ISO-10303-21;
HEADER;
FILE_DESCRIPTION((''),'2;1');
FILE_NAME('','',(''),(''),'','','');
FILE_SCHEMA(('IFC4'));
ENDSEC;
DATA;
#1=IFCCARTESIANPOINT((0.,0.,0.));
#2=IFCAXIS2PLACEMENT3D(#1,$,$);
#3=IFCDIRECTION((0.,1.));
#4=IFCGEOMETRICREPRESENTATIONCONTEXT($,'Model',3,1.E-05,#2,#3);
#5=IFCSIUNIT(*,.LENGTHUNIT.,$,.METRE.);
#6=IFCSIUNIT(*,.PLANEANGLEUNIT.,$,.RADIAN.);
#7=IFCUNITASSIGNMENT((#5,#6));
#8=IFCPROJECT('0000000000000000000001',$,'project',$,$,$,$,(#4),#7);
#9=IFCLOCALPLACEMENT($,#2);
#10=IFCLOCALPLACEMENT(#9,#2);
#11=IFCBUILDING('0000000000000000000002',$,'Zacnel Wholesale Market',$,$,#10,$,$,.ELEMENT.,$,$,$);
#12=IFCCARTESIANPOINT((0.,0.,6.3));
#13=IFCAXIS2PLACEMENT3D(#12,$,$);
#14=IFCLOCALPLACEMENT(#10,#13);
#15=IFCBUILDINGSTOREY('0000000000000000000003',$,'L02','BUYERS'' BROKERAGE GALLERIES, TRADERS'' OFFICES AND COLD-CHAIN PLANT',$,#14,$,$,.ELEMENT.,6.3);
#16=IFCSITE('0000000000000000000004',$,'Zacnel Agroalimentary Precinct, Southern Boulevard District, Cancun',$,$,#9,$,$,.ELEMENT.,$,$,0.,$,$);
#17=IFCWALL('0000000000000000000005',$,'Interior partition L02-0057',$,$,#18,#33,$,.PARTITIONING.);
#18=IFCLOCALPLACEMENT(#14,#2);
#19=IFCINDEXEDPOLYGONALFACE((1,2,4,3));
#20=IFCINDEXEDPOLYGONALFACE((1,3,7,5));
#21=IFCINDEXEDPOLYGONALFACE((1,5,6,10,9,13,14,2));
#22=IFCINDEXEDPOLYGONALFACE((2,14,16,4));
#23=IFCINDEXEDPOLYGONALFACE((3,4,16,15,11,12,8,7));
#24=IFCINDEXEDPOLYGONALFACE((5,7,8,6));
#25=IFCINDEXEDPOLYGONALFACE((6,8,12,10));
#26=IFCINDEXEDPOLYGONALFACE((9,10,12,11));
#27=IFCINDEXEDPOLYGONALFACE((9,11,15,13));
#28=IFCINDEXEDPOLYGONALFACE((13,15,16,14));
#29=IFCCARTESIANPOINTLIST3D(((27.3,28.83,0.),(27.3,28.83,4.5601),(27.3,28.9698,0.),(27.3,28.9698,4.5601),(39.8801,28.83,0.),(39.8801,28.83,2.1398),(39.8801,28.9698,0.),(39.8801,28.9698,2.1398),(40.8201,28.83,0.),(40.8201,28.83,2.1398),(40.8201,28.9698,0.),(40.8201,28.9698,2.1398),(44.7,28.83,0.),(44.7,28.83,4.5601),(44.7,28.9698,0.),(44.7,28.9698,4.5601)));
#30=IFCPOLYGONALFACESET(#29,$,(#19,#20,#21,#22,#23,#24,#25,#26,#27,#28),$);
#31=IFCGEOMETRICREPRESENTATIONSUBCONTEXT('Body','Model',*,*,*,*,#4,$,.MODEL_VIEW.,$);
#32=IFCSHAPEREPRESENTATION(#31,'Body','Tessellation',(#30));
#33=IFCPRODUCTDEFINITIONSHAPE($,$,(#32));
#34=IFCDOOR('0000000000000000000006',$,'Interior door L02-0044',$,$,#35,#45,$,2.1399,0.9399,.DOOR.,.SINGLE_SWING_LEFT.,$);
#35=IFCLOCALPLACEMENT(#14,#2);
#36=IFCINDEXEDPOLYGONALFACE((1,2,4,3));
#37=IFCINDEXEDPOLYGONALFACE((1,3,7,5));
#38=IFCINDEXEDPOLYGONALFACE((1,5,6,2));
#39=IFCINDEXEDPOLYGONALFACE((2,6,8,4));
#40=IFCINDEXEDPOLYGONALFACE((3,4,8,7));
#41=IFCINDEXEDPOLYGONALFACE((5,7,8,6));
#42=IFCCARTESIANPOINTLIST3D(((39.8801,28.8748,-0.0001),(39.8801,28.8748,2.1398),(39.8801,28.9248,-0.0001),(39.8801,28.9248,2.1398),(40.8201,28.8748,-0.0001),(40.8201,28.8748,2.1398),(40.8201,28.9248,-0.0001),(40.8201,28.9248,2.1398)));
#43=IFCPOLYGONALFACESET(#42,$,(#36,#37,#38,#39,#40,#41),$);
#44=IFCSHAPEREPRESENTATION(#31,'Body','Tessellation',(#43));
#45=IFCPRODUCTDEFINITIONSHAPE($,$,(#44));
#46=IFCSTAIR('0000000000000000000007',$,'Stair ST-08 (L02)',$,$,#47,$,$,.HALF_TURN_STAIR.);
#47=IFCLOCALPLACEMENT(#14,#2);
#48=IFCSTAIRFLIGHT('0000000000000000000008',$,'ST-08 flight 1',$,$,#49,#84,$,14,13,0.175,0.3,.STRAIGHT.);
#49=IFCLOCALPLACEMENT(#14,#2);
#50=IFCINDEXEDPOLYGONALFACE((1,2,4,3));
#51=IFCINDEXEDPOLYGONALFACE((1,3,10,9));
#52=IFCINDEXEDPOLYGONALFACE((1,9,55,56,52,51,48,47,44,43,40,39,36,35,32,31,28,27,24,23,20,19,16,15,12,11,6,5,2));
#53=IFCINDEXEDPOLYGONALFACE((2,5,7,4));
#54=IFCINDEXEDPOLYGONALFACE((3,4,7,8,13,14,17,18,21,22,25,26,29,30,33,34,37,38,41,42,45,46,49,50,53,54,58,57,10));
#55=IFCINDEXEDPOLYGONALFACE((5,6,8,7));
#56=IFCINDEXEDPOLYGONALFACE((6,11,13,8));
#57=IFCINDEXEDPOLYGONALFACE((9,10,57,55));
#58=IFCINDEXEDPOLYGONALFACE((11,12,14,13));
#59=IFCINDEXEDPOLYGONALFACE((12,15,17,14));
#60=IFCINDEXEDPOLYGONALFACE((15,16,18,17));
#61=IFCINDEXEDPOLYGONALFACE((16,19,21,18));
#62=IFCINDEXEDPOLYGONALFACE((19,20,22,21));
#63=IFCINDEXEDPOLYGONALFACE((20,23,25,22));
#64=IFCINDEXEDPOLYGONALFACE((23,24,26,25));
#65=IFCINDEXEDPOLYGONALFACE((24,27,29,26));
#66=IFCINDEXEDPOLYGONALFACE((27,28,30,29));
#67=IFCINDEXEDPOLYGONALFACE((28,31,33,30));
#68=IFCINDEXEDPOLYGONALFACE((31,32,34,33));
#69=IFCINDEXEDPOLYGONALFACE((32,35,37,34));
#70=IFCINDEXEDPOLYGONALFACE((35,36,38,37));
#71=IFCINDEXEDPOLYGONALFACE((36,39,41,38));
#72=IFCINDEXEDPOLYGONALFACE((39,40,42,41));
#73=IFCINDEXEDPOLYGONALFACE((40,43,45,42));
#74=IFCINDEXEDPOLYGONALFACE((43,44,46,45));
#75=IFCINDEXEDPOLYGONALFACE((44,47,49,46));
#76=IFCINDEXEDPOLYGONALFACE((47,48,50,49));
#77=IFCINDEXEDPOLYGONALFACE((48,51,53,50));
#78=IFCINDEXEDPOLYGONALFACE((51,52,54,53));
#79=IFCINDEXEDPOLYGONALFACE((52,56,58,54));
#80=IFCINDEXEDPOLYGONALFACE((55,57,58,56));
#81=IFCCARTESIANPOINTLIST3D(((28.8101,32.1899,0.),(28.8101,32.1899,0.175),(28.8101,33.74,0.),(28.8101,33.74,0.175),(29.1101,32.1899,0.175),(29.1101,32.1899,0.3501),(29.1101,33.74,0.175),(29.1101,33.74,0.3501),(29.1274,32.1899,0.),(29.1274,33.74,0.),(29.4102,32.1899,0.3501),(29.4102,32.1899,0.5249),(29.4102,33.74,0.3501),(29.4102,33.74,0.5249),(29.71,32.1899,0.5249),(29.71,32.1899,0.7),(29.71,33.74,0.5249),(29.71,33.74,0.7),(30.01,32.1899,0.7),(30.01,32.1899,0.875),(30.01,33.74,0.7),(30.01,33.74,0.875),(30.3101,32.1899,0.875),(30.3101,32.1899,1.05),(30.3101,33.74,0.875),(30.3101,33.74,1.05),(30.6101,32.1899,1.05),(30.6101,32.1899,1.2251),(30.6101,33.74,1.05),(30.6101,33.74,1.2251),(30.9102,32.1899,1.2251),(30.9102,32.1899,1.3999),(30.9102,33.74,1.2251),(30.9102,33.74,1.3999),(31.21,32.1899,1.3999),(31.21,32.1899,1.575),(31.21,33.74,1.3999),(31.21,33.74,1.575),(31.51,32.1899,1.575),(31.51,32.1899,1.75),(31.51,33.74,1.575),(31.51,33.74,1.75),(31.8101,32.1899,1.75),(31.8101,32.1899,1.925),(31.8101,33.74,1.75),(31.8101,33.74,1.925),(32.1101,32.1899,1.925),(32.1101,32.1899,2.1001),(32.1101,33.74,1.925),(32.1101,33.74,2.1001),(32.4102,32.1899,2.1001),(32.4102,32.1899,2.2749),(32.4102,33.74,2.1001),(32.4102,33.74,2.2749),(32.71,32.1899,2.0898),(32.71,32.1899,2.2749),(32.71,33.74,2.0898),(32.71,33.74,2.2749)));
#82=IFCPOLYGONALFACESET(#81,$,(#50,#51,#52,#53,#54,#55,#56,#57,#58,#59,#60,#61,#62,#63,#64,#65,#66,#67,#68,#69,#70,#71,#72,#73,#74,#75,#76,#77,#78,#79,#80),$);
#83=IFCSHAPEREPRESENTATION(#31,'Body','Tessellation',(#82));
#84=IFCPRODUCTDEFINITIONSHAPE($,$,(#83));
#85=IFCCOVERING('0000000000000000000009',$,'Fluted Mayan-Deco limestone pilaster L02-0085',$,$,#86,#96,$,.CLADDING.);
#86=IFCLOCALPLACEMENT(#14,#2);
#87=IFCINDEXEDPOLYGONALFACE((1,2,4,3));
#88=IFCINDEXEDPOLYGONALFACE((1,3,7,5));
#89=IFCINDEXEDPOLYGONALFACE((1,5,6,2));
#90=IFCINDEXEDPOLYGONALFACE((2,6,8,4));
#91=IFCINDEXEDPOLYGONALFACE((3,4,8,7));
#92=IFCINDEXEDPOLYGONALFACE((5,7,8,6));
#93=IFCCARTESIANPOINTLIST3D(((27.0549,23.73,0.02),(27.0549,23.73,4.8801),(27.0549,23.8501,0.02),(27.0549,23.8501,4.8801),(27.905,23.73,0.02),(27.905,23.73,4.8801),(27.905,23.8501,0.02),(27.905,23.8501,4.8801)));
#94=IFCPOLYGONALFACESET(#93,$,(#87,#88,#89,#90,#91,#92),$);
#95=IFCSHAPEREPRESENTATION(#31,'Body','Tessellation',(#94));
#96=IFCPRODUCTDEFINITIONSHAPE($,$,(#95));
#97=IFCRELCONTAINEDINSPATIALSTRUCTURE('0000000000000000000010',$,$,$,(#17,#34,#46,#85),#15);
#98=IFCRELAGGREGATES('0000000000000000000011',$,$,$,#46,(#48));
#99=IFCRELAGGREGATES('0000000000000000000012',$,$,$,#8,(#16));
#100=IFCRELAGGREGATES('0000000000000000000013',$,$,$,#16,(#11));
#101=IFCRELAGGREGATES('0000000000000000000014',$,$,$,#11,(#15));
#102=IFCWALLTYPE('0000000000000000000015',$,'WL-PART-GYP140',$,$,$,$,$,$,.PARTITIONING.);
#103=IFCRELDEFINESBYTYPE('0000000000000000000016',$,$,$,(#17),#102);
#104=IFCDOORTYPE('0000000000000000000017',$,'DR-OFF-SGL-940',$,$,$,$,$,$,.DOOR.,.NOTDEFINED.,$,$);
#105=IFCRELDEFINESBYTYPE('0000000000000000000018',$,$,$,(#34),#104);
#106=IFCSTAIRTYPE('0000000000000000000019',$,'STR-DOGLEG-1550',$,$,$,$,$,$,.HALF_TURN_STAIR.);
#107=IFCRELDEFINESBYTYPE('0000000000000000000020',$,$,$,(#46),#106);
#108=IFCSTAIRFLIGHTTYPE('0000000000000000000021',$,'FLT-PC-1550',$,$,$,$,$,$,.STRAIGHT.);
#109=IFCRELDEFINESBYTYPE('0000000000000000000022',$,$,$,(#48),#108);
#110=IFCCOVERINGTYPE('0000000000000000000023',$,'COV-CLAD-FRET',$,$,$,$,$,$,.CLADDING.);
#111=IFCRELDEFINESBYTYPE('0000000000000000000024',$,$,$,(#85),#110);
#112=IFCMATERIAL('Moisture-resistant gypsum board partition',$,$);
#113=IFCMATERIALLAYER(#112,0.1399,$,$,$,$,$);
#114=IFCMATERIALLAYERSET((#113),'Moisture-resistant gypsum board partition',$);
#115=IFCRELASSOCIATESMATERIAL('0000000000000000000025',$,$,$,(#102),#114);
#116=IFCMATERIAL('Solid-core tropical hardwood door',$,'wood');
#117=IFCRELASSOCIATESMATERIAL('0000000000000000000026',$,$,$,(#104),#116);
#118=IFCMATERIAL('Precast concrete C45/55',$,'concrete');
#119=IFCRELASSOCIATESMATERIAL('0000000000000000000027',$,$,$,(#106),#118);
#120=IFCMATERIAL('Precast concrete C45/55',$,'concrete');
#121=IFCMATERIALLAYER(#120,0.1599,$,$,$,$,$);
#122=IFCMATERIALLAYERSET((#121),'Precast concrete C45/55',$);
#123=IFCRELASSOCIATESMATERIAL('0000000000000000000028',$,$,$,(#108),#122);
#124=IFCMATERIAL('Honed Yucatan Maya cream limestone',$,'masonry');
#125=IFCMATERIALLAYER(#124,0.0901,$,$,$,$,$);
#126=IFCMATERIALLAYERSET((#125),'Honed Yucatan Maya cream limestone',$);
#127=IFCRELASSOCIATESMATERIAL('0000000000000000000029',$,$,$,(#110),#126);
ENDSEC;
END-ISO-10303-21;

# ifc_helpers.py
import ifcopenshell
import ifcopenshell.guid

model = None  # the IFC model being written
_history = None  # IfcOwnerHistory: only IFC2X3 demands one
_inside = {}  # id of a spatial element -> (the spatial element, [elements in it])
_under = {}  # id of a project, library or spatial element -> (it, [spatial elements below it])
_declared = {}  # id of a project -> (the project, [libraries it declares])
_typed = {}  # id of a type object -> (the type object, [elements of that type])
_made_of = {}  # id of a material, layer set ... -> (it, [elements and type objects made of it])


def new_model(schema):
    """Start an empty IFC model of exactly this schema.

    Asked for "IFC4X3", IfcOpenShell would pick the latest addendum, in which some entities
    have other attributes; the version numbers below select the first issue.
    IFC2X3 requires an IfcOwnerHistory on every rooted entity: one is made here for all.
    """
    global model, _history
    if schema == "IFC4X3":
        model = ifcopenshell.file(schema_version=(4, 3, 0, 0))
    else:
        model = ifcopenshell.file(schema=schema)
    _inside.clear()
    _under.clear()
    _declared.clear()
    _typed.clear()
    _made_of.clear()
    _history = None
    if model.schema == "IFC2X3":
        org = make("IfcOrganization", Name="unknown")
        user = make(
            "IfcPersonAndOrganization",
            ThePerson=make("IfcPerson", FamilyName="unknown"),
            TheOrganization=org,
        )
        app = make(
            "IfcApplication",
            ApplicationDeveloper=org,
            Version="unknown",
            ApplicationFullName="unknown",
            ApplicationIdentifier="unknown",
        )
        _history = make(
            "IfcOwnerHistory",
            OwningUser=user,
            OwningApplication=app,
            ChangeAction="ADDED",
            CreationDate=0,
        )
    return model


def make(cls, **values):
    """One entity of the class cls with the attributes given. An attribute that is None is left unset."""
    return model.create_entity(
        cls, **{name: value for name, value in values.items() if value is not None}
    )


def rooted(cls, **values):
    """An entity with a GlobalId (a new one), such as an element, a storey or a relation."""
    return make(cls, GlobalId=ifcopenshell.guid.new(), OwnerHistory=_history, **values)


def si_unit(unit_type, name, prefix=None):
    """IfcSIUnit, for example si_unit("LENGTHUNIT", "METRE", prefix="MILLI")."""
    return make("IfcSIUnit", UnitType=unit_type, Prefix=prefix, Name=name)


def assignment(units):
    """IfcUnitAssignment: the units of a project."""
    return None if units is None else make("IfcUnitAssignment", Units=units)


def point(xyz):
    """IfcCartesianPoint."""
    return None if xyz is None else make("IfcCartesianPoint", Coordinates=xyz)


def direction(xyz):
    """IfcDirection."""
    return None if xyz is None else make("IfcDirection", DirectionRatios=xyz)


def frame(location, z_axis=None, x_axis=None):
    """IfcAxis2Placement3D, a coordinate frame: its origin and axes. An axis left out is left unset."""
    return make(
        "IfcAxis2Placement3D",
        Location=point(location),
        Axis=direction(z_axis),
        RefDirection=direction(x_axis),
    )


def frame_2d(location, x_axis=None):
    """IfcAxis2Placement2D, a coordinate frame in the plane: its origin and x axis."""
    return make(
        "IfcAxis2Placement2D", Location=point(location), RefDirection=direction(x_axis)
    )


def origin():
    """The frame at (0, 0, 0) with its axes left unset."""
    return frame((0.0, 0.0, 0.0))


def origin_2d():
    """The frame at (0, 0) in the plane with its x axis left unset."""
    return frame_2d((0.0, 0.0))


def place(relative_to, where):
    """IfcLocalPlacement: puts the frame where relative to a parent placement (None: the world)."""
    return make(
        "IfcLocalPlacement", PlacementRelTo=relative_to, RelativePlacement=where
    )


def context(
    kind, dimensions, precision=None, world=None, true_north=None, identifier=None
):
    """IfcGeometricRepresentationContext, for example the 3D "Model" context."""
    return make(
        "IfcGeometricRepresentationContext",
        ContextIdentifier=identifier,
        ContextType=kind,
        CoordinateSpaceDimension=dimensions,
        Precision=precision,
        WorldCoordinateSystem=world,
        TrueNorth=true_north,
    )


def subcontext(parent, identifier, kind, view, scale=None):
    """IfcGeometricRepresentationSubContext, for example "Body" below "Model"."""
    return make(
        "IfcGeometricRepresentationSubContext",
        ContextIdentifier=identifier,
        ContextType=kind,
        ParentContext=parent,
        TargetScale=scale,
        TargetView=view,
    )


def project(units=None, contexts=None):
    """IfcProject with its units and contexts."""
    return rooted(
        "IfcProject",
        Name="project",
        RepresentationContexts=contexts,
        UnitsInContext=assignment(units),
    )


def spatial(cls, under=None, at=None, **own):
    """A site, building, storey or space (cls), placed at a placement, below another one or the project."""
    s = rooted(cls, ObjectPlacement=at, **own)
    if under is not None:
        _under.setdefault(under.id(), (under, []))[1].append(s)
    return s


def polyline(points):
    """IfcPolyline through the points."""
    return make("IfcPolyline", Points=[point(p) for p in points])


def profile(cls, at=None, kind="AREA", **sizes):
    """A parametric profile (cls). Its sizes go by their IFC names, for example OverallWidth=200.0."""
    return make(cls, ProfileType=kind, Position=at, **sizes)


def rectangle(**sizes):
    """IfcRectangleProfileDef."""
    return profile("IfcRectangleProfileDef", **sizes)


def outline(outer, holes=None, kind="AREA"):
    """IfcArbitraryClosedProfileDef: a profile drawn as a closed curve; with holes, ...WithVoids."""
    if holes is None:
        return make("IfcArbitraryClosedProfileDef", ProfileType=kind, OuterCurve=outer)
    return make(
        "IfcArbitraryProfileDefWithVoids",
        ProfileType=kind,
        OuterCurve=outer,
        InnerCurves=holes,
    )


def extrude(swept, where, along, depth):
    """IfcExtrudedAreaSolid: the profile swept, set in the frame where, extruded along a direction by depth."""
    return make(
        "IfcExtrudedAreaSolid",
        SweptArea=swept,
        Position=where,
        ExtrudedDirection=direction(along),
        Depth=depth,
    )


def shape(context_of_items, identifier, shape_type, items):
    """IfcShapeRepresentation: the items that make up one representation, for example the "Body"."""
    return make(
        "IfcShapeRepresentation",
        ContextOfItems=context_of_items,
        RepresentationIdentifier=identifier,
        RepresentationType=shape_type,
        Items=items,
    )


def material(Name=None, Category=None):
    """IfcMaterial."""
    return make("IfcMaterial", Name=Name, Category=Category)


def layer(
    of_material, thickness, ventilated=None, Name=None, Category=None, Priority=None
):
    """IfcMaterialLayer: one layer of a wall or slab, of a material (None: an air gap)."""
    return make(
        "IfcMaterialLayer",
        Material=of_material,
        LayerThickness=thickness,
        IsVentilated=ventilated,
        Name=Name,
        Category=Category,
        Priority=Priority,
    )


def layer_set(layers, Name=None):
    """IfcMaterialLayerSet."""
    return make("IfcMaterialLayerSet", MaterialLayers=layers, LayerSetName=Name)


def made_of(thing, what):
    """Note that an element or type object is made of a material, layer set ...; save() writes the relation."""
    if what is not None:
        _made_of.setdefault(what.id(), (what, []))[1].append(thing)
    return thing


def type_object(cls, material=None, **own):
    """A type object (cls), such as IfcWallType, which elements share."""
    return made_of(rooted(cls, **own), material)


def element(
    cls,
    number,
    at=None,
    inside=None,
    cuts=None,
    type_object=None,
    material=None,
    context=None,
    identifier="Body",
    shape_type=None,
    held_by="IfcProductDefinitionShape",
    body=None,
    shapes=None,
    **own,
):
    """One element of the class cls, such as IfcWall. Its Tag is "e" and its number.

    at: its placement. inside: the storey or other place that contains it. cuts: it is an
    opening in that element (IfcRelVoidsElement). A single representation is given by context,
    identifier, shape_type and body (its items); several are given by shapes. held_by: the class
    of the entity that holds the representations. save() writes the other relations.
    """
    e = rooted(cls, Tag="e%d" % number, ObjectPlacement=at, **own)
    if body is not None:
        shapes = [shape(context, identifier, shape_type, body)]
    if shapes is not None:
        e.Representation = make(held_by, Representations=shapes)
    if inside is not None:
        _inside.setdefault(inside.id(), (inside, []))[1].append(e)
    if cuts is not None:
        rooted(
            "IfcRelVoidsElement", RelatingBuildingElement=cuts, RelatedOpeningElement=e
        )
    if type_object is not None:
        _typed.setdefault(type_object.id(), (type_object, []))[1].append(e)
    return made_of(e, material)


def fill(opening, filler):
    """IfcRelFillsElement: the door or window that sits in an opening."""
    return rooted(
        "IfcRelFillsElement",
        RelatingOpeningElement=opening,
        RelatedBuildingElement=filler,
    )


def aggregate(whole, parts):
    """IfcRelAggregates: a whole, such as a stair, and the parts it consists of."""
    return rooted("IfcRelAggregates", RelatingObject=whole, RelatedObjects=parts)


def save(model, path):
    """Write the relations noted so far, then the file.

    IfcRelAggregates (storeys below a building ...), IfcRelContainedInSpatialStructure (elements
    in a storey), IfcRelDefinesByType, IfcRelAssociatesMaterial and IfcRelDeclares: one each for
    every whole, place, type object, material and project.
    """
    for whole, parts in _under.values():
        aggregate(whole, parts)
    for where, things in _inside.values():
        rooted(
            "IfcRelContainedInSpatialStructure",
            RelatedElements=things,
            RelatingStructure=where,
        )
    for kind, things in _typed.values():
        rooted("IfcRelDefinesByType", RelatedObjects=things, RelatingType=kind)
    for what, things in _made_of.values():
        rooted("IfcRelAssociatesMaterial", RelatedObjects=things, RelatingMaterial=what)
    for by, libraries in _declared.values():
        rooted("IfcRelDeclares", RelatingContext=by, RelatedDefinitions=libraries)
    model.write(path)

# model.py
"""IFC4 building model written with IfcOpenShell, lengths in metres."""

from ifc_helpers import new_model, si_unit, direction, frame, frame_2d, origin, origin_2d, place, context, subcontext, project, spatial, polyline, rectangle, outline, extrude, material, layer, layer_set, type_object, element, fill, aggregate, save


model = new_model("IFC4")

# Units and contexts
model_context = context("Model", 3, precision=1e-05, world=origin(), true_north=direction((0.0, 1.0)))
body_context = subcontext(model_context, "Body", "Model", "MODEL_VIEW")
ifc_project = project(units=[si_unit("LENGTHUNIT", "METRE"), si_unit("PLANEANGLEUNIT", "RADIAN")], contexts=[model_context])

# Site, building, storey
site_placement = place(None, origin())
site = spatial("IfcSite", under=ifc_project, at=site_placement, Name="Zacnel Agroalimentary Precinct, Southern Boulevard District, Cancun", CompositionType="ELEMENT", RefElevation=0.0)
building_placement = place(site_placement, origin())
building = spatial("IfcBuilding", under=site, at=building_placement, Name="Zacnel Wholesale Market", CompositionType="ELEMENT")
storey_placement = place(building_placement, frame((0.0, 0.0, 6.3)))
storey = spatial("IfcBuildingStorey", under=building, at=storey_placement, Name="L02", Description="BUYERS' BROKERAGE GALLERIES, TRADERS' OFFICES AND COLD-CHAIN PLANT", CompositionType="ELEMENT", Elevation=6.3)

# Wall, opening, door
ifc_material_1 = material(Name="Moisture-resistant gypsum board partition")
ifc_layer_1 = layer(ifc_material_1, 0.1399)
ifc_layer_set_1 = layer_set([ifc_layer_1], Name="Moisture-resistant gypsum board partition")
wall_type_1 = type_object("IfcWallType", Name="WL-PART-GYP140", PredefinedType="PARTITIONING", material=ifc_layer_set_1)
wall_1_placement = place(storey_placement, frame((27.3, 28.8999, 0.0), z_axis=(0.0, 0.0, 1.0), x_axis=(1.0, 0.0, 0.0)))
wall_1 = element("IfcWall", 1, at=wall_1_placement, inside=storey, type_object=wall_type_1, Name="Interior partition L02-0057", PredefinedType="PARTITIONING", context=body_context, shape_type="SweptSolid", body=[
    extrude(rectangle(XDim=17.3999, YDim=0.1399, at=frame_2d((8.7, 0.0))), origin(), (0.0, 0.0, 1.0), 4.5601),
])
opening_1_placement = place(wall_1_placement, frame((12.5801, 0.0, 0.0)))
opening_1 = element("IfcOpeningElement", 2, at=opening_1_placement, cuts=wall_1, PredefinedType="OPENING", context=body_context, shape_type="SweptSolid", body=[
    extrude(rectangle(XDim=0.9399, YDim=2.1399, at=frame_2d((0.47, 1.0698))), frame((0.0, 0.0798, 0.0), z_axis=(0.0, -1.0, 0.0), x_axis=(1.0, 0.0, 0.0)), (0.0, 0.0, 1.0), 0.1599),
])
ifc_material_2 = material(Name="Solid-core tropical hardwood door", Category="wood")
door_type_1 = type_object("IfcDoorType", Name="DR-OFF-SGL-940", OperationType="NOTDEFINED", PredefinedType="DOOR", material=ifc_material_2)
door_1_placement = place(opening_1_placement, origin())
door_1 = element("IfcDoor", 3, at=door_1_placement, inside=storey, type_object=door_type_1, Name="Interior door L02-0044", OperationType="SINGLE_SWING_LEFT", OverallHeight=2.1399, OverallWidth=0.9399, PredefinedType="DOOR", context=body_context, shape_type="SweptSolid", body=[
    extrude(rectangle(XDim=0.9399, YDim=2.1399, at=frame_2d((0.47, 1.0698))), frame((0.0, 0.0249, 0.0), z_axis=(0.0, -1.0, 0.0), x_axis=(1.0, 0.0, 0.0)), (0.0, 0.0, 1.0), 0.05),
])
fill(opening_1, door_1)

# Stair, stair flight
ifc_material_3 = material(Name="Precast concrete C45/55", Category="concrete")
stair_type = type_object("IfcStairType", Name="STR-DOGLEG-1550", PredefinedType="HALF_TURN_STAIR", material=ifc_material_3)
stair_placement = place(storey_placement, origin())
stair = element("IfcStair", 4, at=stair_placement, inside=storey, type_object=stair_type, Name="Stair ST-08 (L02)", PredefinedType="HALF_TURN_STAIR")
ifc_material_4 = material(Name="Precast concrete C45/55", Category="concrete")
ifc_layer_2 = layer(ifc_material_4, 0.1599)
ifc_layer_set_2 = layer_set([ifc_layer_2], Name="Precast concrete C45/55")
stair_flight_type = type_object("IfcStairFlightType", Name="FLT-PC-1550", PredefinedType="STRAIGHT", material=ifc_layer_set_2)
stair_flight_placement = place(storey_placement, frame((28.8101, 32.9651, 0.0), z_axis=(0.0, 0.0, 1.0), x_axis=(1.0, 0.0, 0.0)))
stair_flight = element("IfcStairFlight", 5, at=stair_flight_placement, type_object=stair_flight_type, Name="ST-08 flight 1", NumberOfRisers=14, NumberOfTreads=13, PredefinedType="STRAIGHT", RiserHeight=0.175, TreadLength=0.3, context=body_context, shape_type="SweptSolid", body=[
    extrude(outline(polyline([(0.0, 0.0), (0.0, 0.175), (0.3, 0.175), (0.3, 0.3501), (0.6001, 0.3501), (0.6001, 0.5249), (0.8999, 0.5249), (0.8999, 0.7), (1.2, 0.7), (1.2, 0.875), (1.5, 0.875), (1.5, 1.05), (1.8, 1.05), (1.8, 1.2251), (2.1001, 1.2251), (2.1001, 1.3999), (2.3999, 1.3999), (2.3999, 1.575), (2.7, 1.575), (2.7, 1.75), (3.0, 1.75), (3.0, 1.925), (3.3, 1.925), (3.3, 2.1001), (3.6001, 2.1001), (3.6001, 2.2749), (3.8999, 2.2749), (3.8999, 2.45), (3.8999, 2.0898), (0.3174, 0.0), (0.0, 0.0)])), frame((0.0, 0.7749, 0.0), z_axis=(0.0, -1.0, 0.0), x_axis=(1.0, 0.0, 0.0)), (0.0, 0.0, 1.0), 1.55),
])
aggregate(stair, [stair_flight])

# Covering
ifc_material_5 = material(Name="Honed Yucatan Maya cream limestone", Category="masonry")
ifc_layer_3 = layer(ifc_material_5, 0.0901)
ifc_layer_set_3 = layer_set([ifc_layer_3], Name="Honed Yucatan Maya cream limestone")
covering_type = type_object("IfcCoveringType", Name="COV-CLAD-FRET", PredefinedType="CLADDING", material=ifc_layer_set_3)
covering_placement = place(storey_placement, frame((27.48, 23.79, 0.02), z_axis=(0.0, 0.0, 1.0), x_axis=(1.0, 0.0, 0.0)))
element("IfcCovering", 6, at=covering_placement, inside=storey, type_object=covering_type, Name="Fluted Mayan-Deco limestone pilaster L02-0085", PredefinedType="CLADDING", context=body_context, shape_type="SweptSolid", body=[
    extrude(rectangle(XDim=0.8501, YDim=0.1201, at=origin_2d()), origin(), (0.0, 0.0, 1.0), 4.8601),
])

save(model, "model.ifc")
